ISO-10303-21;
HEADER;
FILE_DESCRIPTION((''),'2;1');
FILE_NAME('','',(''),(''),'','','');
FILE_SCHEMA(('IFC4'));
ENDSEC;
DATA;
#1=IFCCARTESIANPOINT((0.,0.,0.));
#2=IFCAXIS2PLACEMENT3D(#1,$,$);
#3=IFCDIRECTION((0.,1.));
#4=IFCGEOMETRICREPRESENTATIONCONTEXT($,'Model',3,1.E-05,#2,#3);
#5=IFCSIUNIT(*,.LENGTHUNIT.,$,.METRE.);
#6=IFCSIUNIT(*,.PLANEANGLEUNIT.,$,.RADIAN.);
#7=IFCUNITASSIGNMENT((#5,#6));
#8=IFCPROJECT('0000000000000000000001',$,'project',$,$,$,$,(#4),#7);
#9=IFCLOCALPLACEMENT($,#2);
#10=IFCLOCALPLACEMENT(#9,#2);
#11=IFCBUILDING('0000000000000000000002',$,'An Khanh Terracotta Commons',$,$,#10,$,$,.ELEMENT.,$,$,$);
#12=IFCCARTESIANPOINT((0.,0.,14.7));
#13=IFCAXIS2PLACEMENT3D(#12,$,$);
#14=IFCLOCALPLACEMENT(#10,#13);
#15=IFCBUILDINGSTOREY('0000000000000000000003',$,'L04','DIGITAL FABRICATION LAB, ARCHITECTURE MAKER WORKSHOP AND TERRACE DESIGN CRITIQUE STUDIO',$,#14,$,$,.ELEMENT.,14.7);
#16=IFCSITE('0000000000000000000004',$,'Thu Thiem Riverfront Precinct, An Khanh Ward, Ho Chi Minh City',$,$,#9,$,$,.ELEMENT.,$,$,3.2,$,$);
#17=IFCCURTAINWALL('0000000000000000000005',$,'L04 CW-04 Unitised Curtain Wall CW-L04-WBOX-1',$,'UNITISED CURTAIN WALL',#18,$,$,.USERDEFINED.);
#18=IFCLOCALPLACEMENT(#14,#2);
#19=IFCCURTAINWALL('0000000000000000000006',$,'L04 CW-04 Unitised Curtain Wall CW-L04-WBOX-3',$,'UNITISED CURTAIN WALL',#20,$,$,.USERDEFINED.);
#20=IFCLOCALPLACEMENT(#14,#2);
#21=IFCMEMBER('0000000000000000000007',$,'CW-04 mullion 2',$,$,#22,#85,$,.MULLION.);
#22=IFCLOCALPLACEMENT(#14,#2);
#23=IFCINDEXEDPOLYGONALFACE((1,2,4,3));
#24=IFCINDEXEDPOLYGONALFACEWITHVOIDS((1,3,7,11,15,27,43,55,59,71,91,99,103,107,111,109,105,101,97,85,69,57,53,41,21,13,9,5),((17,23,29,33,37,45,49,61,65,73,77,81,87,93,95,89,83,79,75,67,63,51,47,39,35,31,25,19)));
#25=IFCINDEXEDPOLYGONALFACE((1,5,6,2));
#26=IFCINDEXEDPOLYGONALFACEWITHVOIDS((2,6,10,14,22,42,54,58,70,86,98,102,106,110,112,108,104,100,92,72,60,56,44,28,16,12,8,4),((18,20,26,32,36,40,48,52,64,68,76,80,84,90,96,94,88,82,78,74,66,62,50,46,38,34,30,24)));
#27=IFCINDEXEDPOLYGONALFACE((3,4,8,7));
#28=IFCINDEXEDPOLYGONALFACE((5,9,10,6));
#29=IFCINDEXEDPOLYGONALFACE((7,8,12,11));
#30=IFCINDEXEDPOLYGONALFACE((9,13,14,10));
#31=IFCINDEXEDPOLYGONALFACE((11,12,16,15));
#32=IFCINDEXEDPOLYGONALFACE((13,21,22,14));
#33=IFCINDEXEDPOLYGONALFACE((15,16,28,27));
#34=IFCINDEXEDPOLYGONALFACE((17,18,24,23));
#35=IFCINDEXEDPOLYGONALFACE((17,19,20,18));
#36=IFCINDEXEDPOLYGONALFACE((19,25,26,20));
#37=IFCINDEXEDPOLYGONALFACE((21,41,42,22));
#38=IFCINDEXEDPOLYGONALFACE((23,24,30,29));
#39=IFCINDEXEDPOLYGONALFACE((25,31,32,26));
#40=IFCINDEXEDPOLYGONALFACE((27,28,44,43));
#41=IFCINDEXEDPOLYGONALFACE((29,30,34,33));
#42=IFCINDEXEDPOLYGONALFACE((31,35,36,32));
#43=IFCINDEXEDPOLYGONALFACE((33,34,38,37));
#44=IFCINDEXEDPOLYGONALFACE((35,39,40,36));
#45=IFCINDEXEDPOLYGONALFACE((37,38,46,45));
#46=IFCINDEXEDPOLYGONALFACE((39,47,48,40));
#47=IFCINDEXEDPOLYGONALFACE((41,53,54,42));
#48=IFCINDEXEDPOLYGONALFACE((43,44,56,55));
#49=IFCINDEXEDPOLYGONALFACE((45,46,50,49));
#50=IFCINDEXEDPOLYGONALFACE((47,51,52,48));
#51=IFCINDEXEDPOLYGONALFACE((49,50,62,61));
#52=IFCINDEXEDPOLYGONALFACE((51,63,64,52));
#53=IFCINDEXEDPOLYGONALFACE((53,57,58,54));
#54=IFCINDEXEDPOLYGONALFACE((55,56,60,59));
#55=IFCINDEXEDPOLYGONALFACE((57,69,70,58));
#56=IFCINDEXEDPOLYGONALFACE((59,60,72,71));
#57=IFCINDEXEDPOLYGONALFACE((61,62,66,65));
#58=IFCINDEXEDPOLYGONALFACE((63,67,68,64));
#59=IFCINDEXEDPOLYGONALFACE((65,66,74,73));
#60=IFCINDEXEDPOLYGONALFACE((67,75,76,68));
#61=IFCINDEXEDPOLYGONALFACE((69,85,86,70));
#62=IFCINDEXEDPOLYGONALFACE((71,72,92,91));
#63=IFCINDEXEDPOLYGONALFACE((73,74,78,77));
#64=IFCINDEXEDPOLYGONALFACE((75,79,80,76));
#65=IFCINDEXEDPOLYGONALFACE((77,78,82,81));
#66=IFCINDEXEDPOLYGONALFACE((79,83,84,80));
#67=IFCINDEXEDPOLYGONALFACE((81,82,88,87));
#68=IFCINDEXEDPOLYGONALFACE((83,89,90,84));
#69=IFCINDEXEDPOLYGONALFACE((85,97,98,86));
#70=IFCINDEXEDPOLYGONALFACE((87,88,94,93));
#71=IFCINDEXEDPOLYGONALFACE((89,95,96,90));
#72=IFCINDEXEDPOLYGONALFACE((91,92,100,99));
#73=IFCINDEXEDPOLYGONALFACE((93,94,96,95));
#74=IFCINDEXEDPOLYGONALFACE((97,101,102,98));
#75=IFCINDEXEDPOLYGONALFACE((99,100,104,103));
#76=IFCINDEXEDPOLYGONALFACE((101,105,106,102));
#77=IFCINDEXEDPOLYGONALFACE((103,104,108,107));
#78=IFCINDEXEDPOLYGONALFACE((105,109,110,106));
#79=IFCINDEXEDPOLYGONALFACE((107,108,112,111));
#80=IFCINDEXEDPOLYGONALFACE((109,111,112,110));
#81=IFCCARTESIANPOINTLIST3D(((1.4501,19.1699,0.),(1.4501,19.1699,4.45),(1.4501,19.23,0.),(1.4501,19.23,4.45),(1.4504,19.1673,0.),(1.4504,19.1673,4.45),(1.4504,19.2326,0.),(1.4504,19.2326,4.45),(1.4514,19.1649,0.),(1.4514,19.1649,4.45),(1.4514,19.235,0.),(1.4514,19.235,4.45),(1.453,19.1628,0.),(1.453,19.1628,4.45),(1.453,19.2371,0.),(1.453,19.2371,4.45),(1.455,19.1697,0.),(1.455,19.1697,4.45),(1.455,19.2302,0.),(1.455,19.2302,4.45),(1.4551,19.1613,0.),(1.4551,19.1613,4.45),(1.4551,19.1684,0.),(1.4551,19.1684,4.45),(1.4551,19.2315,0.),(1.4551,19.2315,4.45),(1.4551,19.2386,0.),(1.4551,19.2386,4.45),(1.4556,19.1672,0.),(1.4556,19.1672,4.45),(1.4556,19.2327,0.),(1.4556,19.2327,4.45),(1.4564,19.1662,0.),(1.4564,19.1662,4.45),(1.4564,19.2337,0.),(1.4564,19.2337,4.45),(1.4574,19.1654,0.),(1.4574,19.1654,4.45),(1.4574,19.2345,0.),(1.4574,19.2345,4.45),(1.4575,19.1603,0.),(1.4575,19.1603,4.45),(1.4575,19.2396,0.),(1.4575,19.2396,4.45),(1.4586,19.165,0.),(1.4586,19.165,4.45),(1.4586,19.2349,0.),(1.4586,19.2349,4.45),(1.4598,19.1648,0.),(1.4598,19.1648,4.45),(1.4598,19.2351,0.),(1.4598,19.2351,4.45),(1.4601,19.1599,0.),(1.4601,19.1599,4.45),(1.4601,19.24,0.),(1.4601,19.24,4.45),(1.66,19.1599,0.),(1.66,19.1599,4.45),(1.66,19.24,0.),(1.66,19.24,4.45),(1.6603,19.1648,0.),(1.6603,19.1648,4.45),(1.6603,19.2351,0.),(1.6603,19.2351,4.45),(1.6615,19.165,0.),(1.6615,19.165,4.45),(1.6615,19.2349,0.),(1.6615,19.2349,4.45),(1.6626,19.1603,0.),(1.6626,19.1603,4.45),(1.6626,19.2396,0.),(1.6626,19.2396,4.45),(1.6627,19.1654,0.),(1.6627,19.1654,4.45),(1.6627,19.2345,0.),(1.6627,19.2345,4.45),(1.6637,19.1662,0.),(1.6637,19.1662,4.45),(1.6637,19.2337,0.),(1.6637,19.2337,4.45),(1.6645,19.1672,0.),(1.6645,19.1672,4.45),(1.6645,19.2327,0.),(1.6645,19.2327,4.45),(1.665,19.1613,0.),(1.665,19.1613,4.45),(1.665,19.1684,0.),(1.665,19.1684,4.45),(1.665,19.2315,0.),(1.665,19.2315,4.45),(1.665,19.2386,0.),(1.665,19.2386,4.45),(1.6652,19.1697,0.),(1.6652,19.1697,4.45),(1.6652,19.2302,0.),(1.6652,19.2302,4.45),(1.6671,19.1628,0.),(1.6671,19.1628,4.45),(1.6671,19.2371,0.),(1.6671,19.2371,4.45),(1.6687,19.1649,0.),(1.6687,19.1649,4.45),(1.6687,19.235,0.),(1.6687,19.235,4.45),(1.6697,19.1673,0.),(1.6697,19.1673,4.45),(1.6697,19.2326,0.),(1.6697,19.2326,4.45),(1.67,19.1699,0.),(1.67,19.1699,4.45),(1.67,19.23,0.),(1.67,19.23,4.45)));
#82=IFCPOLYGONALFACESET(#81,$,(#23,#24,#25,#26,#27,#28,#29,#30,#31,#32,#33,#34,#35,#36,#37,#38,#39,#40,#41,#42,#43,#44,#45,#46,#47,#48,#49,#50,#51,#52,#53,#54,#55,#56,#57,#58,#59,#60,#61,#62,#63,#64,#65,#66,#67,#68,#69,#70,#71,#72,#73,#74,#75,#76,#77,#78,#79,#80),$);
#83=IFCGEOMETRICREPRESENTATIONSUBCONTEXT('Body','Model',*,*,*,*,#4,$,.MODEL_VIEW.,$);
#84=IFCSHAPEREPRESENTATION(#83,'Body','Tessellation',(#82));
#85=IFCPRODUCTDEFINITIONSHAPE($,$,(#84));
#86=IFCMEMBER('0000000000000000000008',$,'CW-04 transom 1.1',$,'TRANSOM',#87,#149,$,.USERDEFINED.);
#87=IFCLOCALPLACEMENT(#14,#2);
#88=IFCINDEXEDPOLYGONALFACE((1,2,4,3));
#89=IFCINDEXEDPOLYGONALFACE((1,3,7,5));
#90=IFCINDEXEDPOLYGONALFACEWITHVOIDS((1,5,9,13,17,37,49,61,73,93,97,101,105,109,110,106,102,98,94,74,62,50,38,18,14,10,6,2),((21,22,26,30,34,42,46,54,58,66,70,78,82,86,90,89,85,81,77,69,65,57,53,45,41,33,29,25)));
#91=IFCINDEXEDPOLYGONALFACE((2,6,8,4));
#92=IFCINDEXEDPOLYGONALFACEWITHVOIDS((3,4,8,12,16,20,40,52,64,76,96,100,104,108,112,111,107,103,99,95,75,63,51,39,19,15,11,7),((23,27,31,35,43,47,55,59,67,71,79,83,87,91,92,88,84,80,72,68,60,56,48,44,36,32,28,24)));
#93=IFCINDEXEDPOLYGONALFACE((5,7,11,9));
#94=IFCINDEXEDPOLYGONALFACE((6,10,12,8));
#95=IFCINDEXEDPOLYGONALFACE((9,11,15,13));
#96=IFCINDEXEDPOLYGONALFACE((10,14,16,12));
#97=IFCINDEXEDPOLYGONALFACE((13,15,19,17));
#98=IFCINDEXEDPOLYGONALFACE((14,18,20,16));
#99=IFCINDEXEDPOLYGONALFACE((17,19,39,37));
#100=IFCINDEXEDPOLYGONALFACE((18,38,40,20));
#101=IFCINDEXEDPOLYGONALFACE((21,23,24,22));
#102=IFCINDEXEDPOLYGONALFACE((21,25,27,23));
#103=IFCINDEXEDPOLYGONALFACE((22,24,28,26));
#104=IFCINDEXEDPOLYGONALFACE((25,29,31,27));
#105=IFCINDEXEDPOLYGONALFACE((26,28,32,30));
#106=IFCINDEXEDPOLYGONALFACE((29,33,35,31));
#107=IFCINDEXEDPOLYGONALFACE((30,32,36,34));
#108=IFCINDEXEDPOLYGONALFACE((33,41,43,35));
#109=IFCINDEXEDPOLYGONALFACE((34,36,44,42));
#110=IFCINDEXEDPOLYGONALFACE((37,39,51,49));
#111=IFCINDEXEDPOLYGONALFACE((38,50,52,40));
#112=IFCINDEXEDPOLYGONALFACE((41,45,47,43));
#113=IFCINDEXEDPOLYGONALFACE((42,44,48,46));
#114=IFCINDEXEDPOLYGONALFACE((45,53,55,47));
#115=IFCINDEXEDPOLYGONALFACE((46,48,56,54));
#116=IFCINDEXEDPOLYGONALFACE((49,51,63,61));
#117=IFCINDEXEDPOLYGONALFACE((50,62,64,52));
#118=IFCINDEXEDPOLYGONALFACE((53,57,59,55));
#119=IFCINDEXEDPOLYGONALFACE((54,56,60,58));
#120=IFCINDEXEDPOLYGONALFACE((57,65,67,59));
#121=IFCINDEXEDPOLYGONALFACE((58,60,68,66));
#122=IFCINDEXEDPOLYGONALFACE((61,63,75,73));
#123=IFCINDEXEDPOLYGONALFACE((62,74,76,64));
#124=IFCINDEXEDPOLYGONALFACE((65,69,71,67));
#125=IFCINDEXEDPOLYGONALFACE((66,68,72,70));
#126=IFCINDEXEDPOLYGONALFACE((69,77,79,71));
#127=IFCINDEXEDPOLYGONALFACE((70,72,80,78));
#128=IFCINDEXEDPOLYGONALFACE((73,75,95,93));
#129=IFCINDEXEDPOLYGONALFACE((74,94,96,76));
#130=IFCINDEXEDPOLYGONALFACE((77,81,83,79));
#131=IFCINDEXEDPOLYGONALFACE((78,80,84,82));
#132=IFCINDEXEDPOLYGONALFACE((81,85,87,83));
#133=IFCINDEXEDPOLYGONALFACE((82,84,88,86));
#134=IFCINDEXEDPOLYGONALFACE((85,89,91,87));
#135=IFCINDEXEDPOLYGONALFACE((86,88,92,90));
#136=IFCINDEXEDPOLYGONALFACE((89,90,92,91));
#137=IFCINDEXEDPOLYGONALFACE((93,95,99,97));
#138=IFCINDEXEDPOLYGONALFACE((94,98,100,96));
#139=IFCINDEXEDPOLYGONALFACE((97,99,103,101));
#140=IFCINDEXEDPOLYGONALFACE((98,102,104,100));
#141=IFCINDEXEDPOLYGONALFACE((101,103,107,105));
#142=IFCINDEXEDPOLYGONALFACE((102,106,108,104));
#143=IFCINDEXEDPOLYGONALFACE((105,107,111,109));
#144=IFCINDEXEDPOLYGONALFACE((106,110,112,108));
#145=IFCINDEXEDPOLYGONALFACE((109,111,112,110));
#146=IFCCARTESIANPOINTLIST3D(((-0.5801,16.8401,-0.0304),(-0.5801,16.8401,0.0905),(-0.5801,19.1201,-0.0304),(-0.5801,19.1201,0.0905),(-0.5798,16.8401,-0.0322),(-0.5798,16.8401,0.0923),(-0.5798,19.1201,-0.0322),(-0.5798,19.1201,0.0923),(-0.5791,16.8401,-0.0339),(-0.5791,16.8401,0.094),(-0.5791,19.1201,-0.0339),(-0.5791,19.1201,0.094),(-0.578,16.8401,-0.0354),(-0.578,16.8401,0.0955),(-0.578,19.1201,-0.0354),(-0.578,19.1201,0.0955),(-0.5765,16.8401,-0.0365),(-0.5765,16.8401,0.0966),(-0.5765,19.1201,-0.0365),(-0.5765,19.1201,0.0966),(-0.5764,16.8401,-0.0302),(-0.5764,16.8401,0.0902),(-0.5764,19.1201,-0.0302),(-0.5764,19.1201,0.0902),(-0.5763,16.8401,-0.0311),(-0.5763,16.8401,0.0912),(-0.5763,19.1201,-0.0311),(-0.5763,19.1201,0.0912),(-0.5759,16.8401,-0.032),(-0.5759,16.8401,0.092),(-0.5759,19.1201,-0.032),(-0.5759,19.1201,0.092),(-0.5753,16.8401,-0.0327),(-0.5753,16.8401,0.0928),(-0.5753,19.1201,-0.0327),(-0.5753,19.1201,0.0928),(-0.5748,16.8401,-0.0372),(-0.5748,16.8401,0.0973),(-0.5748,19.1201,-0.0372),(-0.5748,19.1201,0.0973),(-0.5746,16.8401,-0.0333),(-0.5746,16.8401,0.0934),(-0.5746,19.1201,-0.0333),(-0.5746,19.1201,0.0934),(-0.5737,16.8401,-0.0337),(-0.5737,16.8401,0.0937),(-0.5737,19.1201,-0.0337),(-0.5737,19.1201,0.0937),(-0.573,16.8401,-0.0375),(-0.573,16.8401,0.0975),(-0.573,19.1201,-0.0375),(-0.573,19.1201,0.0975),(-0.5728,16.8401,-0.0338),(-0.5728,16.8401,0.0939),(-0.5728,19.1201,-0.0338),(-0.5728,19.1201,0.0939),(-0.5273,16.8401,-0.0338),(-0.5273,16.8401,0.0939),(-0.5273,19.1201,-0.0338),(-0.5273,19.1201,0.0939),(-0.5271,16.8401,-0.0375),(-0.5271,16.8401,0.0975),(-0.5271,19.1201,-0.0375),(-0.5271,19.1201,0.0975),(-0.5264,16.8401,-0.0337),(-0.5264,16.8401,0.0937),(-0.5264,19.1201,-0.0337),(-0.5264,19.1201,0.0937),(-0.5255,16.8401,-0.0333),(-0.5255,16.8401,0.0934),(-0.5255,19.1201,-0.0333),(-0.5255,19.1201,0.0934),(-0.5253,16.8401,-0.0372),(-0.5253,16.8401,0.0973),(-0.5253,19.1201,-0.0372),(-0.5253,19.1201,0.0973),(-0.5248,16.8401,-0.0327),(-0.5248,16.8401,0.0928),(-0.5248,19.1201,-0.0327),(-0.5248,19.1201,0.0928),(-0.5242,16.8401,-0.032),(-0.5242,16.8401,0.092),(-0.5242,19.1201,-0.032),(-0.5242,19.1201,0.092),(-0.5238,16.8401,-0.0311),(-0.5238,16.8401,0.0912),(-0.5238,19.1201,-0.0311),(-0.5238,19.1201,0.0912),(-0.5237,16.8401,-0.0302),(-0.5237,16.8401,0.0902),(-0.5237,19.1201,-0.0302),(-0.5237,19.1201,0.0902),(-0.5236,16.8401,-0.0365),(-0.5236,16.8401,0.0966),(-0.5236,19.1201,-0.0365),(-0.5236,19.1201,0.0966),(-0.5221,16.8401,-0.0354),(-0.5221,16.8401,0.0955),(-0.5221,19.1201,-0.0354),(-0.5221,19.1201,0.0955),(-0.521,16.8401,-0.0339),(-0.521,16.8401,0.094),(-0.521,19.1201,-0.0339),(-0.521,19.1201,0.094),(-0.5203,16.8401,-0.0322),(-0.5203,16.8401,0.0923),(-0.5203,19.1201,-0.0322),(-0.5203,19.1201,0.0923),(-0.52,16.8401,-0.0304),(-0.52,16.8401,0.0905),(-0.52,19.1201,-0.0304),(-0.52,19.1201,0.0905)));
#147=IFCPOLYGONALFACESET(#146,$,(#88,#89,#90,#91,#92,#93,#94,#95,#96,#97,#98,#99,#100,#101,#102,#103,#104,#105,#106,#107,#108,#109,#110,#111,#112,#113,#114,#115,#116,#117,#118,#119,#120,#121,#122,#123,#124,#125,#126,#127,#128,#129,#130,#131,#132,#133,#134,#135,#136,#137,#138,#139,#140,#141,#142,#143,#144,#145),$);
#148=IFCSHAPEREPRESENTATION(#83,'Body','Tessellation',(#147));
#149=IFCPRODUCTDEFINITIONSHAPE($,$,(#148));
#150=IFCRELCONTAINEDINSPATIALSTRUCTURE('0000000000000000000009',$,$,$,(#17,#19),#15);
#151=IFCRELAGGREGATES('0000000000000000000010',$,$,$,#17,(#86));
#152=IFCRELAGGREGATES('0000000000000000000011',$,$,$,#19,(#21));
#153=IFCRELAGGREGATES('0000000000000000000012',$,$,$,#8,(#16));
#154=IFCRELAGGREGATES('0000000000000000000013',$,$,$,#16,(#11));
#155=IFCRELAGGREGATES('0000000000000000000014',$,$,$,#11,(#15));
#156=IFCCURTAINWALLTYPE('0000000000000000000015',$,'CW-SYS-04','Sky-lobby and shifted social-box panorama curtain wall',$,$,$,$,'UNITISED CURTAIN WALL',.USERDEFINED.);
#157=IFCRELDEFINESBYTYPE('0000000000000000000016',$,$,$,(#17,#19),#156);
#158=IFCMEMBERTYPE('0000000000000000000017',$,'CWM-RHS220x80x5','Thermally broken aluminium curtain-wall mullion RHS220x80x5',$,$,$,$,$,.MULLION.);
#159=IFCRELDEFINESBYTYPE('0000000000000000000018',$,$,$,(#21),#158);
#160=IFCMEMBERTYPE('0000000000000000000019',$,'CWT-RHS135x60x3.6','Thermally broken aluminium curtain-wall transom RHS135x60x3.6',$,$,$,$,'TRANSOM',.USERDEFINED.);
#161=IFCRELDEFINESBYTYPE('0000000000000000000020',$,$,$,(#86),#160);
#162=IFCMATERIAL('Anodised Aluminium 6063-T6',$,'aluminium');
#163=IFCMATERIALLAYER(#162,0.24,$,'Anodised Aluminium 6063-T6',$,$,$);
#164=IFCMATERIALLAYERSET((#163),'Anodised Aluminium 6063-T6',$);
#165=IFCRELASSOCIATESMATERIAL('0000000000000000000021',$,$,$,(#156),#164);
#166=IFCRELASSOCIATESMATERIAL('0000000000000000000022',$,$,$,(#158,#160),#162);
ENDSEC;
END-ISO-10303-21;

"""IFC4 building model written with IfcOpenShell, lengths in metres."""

from ifc_helpers import new_model, si_unit, direction, frame, origin, origin_2d, place, context, subcontext, project, spatial, hollow_rectangle, extrude, material, layer, layer_set, material_profile, profile_set, type_object, element, aggregate, save


model = new_model("IFC4")

# Units and contexts
model_context = context("Model", 3, precision=1e-05, world=origin(), true_north=direction((0.0, 1.0)))
body_context = subcontext(model_context, "Body", "Model", "MODEL_VIEW")
ifc_project = project(units=[si_unit("LENGTHUNIT", "METRE"), si_unit("PLANEANGLEUNIT", "RADIAN")], contexts=[model_context])

# Site, building, storey
site_placement = place(None, origin())
site = spatial("IfcSite", under=ifc_project, at=site_placement, Name="Thu Thiem Riverfront Precinct, An Khanh Ward, Ho Chi Minh City", CompositionType="ELEMENT", RefElevation=3.2)
building_placement = place(site_placement, origin())
building = spatial("IfcBuilding", under=site, at=building_placement, Name="An Khanh Terracotta Commons", CompositionType="ELEMENT")
storey_placement = place(building_placement, frame((0.0, 0.0, 14.7)))
storey = spatial("IfcBuildingStorey", under=building, at=storey_placement, Name="L04", Description="DIGITAL FABRICATION LAB, ARCHITECTURE MAKER WORKSHOP AND TERRACE DESIGN CRITIQUE STUDIO", CompositionType="ELEMENT", Elevation=14.7)

# Curtain walls, member
ifc_material_1 = material(Name="Anodised Aluminium 6063-T6", Category="aluminium")
ifc_layer_1 = layer(ifc_material_1, 0.24, Name="Anodised Aluminium 6063-T6")
ifc_layer_set_1 = layer_set([ifc_layer_1], Name="Anodised Aluminium 6063-T6")
curtain_wall_type = type_object("IfcCurtainWallType", Name="CW-SYS-04", Description="Sky-lobby and shifted social-box panorama curtain wall", ElementType="UNITISED CURTAIN WALL", PredefinedType="USERDEFINED", material=ifc_layer_set_1)
curtain_wall_1_placement = place(storey_placement, origin())
curtain_wall_1 = element("IfcCurtainWall", 1, at=curtain_wall_1_placement, inside=storey, type_object=curtain_wall_type, Name="L04 CW-04 Unitised Curtain Wall CW-L04-WBOX-1", ObjectType="UNITISED CURTAIN WALL", PredefinedType="USERDEFINED")
ifc_material_profile_1 = material_profile(ifc_material_1, hollow_rectangle(XDim=0.0801, YDim=0.22, WallThickness=0.0049, InnerFilletRadius=0.0049, OuterFilletRadius=0.01, at=origin_2d()), Name="RHS220x80x5")
ifc_profile_set_1 = profile_set([ifc_material_profile_1], Name="Anodised Aluminium 6063-T6")
member_type_1 = type_object("IfcMemberType", Name="CWM-RHS220x80x5", Description="Thermally broken aluminium curtain-wall mullion RHS220x80x5", PredefinedType="MULLION", material=ifc_profile_set_1)
curtain_wall_2_placement = place(storey_placement, origin())
curtain_wall_2 = element("IfcCurtainWall", 2, at=curtain_wall_2_placement, inside=storey, type_object=curtain_wall_type, Name="L04 CW-04 Unitised Curtain Wall CW-L04-WBOX-3", ObjectType="UNITISED CURTAIN WALL", PredefinedType="USERDEFINED")
member_1_placement = place(storey_placement, frame((1.5601, 19.2, 0.0), z_axis=(0.0, 0.0, 1.0), x_axis=(0.0, 1.0, 0.0)))
member_1 = element("IfcMember", 3, at=member_1_placement, type_object=member_type_1, Name="CW-04 mullion 2", PredefinedType="MULLION", context=body_context, shape_type="SweptSolid", body=[
    extrude(hollow_rectangle(XDim=0.0801, YDim=0.22, WallThickness=0.0049, InnerFilletRadius=0.0049, OuterFilletRadius=0.01, at=origin_2d()), origin(), (0.0, 0.0, 1.0), 4.45),
])

# Member
ifc_material_profile_2 = material_profile(ifc_material_1, hollow_rectangle(XDim=0.0601, YDim=0.135, WallThickness=0.0037, InnerFilletRadius=0.0037, OuterFilletRadius=0.0071, at=origin_2d()), Name="RHS135x60x3.6")
ifc_profile_set_2 = profile_set([ifc_material_profile_2], Name="Anodised Aluminium 6063-T6")
member_type_2 = type_object("IfcMemberType", Name="CWT-RHS135x60x3.6", Description="Thermally broken aluminium curtain-wall transom RHS135x60x3.6", ElementType="TRANSOM", PredefinedType="USERDEFINED", material=ifc_profile_set_2)
member_2_placement = place(storey_placement, frame((-0.55, 19.1201, 0.03), z_axis=(0.0, -1.0, 0.0), x_axis=(1.0, 0.0, 0.0)))
member_2 = element("IfcMember", 4, at=member_2_placement, type_object=member_type_2, Name="CW-04 transom 1.1", ObjectType="TRANSOM", PredefinedType="USERDEFINED", context=body_context, shape_type="SweptSolid", body=[
    extrude(hollow_rectangle(XDim=0.0601, YDim=0.135, WallThickness=0.0037, InnerFilletRadius=0.0037, OuterFilletRadius=0.0071, at=origin_2d()), origin(), (0.0, 0.0, 1.0), 2.28),
])

aggregate(curtain_wall_1, [member_2])
aggregate(curtain_wall_2, [member_1])

save(model, "model.ifc")
